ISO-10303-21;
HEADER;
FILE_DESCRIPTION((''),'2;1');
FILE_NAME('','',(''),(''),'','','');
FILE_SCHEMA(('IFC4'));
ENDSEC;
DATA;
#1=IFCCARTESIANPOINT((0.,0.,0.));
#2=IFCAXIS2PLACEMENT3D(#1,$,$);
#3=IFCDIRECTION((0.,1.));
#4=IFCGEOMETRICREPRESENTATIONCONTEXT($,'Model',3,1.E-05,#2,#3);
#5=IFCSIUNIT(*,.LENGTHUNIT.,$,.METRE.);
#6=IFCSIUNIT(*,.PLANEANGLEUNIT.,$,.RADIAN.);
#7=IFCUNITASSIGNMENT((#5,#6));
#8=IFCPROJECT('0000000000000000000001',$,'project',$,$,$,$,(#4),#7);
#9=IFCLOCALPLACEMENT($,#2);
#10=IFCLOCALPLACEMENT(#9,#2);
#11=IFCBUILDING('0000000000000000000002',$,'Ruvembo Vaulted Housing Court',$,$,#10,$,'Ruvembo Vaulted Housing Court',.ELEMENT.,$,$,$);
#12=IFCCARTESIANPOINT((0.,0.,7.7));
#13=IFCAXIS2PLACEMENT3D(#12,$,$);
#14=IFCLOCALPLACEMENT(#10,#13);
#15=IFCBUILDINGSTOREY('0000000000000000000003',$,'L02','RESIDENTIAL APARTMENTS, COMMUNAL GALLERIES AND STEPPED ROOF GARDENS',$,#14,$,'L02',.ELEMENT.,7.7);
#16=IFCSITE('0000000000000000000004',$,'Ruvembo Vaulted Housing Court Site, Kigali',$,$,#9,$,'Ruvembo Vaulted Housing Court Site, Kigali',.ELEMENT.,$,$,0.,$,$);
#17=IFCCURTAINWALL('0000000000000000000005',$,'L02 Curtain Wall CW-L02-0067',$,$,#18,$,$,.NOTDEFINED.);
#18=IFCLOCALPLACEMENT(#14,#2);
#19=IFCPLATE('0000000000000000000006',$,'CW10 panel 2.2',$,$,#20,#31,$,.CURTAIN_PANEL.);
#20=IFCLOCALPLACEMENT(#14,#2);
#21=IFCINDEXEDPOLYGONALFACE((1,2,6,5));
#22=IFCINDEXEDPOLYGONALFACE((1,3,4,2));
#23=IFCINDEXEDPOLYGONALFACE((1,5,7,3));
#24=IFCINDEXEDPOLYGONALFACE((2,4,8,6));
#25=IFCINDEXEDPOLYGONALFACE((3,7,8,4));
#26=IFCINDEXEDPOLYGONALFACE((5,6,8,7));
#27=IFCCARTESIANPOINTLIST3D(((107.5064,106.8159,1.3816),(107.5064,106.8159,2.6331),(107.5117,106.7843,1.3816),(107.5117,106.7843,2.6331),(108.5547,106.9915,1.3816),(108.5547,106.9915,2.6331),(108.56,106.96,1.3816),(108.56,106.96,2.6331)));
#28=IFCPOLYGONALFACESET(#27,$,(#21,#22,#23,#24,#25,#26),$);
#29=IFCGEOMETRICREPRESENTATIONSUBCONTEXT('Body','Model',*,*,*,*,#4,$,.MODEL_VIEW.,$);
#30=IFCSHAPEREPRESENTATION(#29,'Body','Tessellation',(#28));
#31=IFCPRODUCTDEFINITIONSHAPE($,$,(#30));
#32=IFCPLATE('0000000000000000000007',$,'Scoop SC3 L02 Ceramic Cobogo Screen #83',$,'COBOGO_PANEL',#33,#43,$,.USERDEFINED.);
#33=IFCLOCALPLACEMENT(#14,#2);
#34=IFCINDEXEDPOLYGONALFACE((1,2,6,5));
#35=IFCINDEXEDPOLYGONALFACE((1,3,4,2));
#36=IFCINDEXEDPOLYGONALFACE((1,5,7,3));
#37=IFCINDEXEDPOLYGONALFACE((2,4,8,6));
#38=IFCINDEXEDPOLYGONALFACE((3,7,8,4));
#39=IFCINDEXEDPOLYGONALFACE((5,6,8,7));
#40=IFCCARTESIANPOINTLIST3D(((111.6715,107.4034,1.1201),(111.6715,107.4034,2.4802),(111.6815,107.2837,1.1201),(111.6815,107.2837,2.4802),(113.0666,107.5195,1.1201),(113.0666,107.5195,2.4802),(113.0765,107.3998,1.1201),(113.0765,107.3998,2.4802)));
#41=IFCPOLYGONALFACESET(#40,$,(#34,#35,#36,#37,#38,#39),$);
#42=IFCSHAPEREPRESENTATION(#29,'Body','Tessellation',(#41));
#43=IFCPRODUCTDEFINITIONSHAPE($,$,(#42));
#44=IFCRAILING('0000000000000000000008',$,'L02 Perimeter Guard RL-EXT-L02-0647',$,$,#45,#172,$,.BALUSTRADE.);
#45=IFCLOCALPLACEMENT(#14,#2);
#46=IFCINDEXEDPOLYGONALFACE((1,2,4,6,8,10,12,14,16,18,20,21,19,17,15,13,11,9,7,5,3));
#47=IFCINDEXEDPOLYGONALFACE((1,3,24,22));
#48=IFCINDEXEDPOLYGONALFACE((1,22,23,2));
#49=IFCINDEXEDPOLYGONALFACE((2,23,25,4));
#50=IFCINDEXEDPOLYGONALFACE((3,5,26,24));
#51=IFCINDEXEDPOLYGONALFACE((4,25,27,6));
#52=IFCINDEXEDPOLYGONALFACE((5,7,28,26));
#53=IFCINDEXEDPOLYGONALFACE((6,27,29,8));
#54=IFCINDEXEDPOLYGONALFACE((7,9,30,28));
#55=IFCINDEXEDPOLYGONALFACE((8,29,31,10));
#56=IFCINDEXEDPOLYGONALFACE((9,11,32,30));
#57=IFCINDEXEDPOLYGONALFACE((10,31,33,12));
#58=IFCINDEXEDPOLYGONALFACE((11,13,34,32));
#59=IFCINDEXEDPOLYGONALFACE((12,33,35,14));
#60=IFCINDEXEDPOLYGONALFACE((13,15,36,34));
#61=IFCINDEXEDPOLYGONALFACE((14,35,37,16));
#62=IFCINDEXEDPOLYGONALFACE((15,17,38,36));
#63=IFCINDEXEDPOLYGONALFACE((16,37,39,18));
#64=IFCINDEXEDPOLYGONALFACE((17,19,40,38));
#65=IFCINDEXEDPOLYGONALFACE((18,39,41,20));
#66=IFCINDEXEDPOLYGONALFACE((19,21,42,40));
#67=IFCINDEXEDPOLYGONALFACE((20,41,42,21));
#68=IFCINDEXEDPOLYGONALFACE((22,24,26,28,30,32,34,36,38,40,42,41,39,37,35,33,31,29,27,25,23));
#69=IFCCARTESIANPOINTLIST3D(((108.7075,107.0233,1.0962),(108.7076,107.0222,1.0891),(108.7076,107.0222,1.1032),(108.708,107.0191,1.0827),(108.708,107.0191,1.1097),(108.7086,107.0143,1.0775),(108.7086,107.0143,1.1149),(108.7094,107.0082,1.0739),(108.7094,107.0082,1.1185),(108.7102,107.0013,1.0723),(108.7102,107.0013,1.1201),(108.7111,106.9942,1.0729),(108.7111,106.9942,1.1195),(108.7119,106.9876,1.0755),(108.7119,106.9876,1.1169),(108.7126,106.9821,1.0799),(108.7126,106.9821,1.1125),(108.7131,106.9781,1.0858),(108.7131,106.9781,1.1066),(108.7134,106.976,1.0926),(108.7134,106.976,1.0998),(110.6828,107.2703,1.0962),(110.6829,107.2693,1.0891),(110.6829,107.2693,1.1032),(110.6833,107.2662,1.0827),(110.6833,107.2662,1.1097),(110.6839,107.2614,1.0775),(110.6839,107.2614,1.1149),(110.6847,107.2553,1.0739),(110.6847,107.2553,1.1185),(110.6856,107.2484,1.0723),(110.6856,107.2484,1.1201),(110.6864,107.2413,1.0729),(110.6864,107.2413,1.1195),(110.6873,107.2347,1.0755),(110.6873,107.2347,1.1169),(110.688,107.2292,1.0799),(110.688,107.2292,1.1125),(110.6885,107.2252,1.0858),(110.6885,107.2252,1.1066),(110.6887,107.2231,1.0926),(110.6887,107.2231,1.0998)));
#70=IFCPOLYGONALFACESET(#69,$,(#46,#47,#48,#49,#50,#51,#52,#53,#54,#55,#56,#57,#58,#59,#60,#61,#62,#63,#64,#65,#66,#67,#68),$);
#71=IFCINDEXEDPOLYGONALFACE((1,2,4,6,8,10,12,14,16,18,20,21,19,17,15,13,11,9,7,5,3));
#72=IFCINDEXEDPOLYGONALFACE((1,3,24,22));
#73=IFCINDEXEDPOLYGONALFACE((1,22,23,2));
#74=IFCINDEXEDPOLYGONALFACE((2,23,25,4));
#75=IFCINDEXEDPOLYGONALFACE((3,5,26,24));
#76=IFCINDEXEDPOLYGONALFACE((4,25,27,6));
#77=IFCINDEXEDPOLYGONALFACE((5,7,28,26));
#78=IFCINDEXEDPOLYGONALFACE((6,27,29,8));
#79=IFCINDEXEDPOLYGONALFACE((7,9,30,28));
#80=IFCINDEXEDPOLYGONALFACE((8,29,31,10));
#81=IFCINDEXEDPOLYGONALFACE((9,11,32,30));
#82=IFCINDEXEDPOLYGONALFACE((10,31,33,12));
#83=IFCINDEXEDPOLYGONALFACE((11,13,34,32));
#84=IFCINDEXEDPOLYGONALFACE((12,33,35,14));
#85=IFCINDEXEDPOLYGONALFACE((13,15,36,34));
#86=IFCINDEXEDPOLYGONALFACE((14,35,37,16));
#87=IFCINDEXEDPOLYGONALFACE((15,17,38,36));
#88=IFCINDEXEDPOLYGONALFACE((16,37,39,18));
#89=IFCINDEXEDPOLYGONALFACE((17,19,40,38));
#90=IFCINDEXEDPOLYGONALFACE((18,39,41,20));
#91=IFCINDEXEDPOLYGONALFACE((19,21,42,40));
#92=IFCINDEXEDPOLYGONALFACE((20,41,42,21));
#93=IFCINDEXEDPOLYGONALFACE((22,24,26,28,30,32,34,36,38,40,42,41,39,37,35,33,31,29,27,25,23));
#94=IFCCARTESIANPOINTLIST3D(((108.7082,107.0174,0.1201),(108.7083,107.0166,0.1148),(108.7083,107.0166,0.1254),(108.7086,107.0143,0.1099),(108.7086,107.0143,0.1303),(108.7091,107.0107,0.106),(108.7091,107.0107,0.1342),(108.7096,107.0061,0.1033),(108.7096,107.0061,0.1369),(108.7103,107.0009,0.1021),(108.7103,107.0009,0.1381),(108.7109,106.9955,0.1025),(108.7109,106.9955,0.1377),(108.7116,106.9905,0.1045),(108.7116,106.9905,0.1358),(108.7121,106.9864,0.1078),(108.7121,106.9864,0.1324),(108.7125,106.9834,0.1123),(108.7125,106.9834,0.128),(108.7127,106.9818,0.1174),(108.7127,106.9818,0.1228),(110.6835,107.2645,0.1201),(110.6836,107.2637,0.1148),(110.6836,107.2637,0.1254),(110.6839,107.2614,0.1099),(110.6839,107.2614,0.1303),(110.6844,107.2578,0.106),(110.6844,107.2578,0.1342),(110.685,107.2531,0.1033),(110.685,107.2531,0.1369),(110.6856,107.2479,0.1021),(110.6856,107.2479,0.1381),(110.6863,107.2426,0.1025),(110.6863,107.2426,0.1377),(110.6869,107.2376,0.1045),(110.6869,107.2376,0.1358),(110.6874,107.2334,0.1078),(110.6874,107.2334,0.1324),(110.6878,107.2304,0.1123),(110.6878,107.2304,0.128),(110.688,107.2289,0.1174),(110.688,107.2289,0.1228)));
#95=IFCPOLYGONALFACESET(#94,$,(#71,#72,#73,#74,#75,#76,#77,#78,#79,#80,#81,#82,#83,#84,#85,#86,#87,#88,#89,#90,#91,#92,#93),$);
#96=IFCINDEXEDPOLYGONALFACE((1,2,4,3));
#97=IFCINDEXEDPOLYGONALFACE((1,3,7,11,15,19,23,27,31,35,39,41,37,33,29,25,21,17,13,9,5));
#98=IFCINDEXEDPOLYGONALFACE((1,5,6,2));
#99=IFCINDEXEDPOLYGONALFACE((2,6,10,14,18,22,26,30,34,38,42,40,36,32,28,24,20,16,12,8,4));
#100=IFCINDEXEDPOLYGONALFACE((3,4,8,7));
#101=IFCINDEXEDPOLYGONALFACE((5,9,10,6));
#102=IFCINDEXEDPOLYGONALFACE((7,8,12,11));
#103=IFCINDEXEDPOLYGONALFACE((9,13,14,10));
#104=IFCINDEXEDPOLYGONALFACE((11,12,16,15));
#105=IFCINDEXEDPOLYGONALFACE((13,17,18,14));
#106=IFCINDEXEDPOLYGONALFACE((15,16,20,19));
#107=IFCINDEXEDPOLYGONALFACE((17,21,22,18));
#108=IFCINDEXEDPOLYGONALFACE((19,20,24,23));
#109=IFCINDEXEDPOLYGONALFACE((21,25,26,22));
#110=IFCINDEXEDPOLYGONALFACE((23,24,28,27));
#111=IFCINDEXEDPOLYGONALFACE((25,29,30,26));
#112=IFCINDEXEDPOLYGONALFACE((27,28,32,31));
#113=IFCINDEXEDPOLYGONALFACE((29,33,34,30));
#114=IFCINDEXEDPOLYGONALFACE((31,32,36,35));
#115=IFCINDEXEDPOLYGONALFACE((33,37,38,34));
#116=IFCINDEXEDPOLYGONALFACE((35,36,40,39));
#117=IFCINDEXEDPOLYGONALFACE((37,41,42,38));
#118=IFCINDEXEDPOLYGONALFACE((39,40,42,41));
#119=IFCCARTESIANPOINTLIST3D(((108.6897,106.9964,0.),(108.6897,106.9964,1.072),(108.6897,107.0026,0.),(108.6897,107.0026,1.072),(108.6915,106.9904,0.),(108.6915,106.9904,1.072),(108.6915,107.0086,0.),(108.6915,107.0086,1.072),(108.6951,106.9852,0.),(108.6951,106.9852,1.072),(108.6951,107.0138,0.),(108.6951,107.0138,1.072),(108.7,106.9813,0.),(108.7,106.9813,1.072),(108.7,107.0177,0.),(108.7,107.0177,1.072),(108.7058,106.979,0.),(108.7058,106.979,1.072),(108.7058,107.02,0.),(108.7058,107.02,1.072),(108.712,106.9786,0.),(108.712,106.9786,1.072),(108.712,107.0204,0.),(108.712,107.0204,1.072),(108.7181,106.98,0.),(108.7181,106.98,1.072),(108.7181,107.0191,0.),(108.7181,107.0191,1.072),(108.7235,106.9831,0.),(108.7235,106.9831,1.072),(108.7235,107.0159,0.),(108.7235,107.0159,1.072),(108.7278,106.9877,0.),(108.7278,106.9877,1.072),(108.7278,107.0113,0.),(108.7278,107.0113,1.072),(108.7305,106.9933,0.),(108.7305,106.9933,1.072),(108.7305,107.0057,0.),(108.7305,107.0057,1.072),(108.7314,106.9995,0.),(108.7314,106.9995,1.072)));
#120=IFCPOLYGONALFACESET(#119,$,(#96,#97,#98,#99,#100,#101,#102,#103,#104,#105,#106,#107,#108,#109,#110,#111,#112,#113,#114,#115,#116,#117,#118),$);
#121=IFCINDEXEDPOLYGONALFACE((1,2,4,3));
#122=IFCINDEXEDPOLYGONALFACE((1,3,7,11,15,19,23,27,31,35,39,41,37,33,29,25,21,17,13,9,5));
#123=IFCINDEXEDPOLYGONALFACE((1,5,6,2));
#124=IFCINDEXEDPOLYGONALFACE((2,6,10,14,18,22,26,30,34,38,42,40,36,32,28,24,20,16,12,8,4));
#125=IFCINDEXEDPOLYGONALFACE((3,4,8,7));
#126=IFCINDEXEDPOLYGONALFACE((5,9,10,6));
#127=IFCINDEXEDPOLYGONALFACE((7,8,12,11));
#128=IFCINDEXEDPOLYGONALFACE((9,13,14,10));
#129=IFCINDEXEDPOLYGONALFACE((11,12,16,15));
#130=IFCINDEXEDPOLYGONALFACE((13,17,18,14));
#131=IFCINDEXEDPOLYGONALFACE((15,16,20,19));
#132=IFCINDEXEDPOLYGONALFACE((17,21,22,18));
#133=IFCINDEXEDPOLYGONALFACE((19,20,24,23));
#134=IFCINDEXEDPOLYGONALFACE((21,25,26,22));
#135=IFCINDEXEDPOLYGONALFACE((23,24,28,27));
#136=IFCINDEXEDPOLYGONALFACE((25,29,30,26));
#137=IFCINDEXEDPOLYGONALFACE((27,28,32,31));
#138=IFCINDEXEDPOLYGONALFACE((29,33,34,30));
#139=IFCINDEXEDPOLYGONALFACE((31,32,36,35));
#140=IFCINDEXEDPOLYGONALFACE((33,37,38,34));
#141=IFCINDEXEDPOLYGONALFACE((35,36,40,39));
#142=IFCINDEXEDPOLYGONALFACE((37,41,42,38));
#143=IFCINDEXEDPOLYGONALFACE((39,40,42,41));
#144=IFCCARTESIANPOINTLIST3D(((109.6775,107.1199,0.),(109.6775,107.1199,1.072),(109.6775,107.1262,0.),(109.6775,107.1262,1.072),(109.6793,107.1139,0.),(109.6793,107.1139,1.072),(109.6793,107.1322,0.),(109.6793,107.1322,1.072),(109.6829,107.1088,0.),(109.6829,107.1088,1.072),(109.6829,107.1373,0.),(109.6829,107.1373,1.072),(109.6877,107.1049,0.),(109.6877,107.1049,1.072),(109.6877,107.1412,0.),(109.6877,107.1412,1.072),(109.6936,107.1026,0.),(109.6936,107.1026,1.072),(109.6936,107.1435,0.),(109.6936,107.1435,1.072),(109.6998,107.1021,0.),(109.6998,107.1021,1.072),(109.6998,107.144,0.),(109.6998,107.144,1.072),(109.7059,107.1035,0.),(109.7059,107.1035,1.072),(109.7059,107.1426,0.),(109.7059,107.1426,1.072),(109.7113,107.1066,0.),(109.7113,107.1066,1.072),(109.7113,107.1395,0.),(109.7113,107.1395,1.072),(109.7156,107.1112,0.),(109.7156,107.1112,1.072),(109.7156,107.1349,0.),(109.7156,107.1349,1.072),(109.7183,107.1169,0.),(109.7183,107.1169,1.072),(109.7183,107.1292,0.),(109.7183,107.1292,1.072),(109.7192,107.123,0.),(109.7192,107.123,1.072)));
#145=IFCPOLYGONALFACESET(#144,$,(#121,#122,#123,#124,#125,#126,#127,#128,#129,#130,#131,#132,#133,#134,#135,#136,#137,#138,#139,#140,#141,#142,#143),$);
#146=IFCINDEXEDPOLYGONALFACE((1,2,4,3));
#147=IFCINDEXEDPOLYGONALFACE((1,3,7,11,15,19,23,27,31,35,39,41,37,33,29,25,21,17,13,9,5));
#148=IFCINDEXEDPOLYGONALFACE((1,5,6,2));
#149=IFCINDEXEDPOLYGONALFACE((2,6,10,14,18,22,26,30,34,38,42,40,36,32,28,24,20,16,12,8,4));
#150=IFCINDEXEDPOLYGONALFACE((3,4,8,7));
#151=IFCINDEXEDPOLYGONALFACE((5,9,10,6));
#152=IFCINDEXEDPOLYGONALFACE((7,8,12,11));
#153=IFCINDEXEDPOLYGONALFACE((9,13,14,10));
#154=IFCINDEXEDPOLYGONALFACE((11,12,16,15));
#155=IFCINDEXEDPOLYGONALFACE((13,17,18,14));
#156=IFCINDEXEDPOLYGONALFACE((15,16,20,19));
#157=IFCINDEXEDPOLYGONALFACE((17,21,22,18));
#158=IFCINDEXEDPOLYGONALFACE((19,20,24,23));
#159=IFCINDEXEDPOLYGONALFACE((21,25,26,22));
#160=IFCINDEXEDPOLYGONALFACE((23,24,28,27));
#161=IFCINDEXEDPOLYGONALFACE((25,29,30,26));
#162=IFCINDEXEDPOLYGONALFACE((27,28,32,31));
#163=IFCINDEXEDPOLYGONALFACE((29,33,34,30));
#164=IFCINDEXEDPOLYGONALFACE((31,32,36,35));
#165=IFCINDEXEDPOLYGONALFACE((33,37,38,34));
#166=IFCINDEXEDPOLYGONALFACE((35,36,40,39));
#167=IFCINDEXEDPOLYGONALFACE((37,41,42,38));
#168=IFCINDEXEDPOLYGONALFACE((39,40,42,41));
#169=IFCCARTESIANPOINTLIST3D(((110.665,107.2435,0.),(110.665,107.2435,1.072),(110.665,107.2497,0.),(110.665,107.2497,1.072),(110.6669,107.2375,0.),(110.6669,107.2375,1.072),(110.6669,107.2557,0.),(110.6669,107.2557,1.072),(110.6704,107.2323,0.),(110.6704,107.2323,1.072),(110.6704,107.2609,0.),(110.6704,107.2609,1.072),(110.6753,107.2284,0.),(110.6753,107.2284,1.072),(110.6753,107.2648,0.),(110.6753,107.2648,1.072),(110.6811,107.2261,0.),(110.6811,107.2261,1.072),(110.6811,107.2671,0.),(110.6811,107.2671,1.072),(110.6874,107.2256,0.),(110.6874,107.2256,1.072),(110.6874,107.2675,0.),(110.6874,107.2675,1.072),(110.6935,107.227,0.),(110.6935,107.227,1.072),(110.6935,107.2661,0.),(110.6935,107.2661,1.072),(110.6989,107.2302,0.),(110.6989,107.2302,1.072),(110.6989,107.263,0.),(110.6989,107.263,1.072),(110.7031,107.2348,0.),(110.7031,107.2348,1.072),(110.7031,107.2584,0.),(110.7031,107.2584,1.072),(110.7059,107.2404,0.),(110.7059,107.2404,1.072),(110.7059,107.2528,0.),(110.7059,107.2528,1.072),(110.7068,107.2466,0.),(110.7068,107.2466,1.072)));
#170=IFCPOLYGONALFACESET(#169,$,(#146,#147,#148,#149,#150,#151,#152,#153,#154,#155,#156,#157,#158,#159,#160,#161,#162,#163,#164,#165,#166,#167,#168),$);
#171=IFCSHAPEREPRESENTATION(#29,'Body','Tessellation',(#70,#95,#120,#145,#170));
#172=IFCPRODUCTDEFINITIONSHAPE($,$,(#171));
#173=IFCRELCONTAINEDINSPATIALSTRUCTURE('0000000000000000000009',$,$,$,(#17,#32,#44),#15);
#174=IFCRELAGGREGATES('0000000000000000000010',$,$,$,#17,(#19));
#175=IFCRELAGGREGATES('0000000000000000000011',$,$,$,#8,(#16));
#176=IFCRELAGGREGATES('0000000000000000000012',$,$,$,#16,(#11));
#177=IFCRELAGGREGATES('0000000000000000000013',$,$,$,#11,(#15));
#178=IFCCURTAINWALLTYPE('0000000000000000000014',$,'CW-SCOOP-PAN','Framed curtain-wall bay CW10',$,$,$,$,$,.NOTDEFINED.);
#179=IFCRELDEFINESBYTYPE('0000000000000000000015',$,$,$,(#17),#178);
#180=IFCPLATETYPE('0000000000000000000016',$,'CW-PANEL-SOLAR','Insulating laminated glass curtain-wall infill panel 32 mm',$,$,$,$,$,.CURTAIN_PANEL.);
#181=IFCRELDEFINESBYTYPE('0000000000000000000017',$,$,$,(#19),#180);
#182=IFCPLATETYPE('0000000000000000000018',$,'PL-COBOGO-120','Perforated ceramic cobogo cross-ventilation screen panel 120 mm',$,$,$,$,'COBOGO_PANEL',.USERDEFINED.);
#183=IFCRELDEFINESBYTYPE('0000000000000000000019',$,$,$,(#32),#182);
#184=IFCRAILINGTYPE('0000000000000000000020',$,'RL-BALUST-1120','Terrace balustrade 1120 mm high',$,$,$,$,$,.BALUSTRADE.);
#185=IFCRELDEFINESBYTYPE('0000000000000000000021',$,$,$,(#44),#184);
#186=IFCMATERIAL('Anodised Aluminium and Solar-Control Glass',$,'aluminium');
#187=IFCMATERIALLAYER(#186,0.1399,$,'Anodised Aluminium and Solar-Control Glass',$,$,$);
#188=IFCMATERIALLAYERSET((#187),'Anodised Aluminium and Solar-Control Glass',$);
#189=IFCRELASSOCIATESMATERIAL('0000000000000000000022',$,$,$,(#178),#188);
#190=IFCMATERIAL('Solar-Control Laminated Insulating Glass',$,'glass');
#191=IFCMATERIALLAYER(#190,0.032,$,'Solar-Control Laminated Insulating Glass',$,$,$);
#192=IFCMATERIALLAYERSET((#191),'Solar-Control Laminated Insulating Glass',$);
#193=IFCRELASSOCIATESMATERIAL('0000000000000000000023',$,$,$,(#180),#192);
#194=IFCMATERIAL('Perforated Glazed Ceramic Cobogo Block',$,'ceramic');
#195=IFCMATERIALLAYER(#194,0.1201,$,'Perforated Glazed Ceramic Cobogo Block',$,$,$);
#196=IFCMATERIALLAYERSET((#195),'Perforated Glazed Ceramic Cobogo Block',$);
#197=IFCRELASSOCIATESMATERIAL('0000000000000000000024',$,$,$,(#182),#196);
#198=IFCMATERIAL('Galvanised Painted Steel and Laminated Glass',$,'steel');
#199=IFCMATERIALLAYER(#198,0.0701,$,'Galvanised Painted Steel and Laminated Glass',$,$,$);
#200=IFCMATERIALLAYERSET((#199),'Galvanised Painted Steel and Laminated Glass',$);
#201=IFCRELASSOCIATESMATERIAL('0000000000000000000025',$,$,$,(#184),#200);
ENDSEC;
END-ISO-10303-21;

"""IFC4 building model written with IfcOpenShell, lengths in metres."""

from ifc_helpers import new_model, si_unit, direction, frame, origin, origin_2d, place, context, subcontext, project, spatial, rectangle, circle, extrude, material, layer, layer_set, type_object, element, aggregate, save


model = new_model("IFC4")

# Units and contexts
model_context = context("Model", 3, precision=1e-05, world=origin(), true_north=direction((0.0, 1.0)))
body_context = subcontext(model_context, "Body", "Model", "MODEL_VIEW")
ifc_project = project(units=[si_unit("LENGTHUNIT", "METRE"), si_unit("PLANEANGLEUNIT", "RADIAN")], contexts=[model_context])

# Site, building, storey
site_placement = place(None, origin())
site = spatial("IfcSite", under=ifc_project, at=site_placement, Name="Ruvembo Vaulted Housing Court Site, Kigali", LongName="Ruvembo Vaulted Housing Court Site, Kigali", CompositionType="ELEMENT", RefElevation=0.0)
building_placement = place(site_placement, origin())
building = spatial("IfcBuilding", under=site, at=building_placement, Name="Ruvembo Vaulted Housing Court", LongName="Ruvembo Vaulted Housing Court", CompositionType="ELEMENT")
storey_placement = place(building_placement, frame((0.0, 0.0, 7.7)))
storey = spatial("IfcBuildingStorey", under=building, at=storey_placement, Name="L02", Description="RESIDENTIAL APARTMENTS, COMMUNAL GALLERIES AND STEPPED ROOF GARDENS", LongName="L02", CompositionType="ELEMENT", Elevation=7.7)

# Curtain wall, plate
ifc_material_1 = material(Name="Anodised Aluminium and Solar-Control Glass", Category="aluminium")
ifc_layer_1 = layer(ifc_material_1, 0.1399, Name="Anodised Aluminium and Solar-Control Glass")
ifc_layer_set_1 = layer_set([ifc_layer_1], Name="Anodised Aluminium and Solar-Control Glass")
curtain_wall_type = type_object("IfcCurtainWallType", Name="CW-SCOOP-PAN", Description="Framed curtain-wall bay CW10", PredefinedType="NOTDEFINED", material=ifc_layer_set_1)
curtain_wall_placement = place(storey_placement, origin())
curtain_wall = element("IfcCurtainWall", 1, at=curtain_wall_placement, inside=storey, type_object=curtain_wall_type, Name="L02 Curtain Wall CW-L02-0067", PredefinedType="NOTDEFINED")
ifc_material_2 = material(Name="Solar-Control Laminated Insulating Glass", Category="glass")
ifc_layer_2 = layer(ifc_material_2, 0.032, Name="Solar-Control Laminated Insulating Glass")
ifc_layer_set_2 = layer_set([ifc_layer_2], Name="Solar-Control Laminated Insulating Glass")
plate_type_1 = type_object("IfcPlateType", Name="CW-PANEL-SOLAR", Description="Insulating laminated glass curtain-wall infill panel 32 mm", PredefinedType="CURTAIN_PANEL", material=ifc_layer_set_2)
plate_1_placement = place(storey_placement, frame((108.0332, 106.8879, 1.3816), z_axis=(0.0, 0.0, 1.0), x_axis=(0.98625, 0.165263, 0.0)))
plate_1 = element("IfcPlate", 2, at=plate_1_placement, type_object=plate_type_1, Name="CW10 panel 2.2", PredefinedType="CURTAIN_PANEL", context=body_context, shape_type="SweptSolid", body=[
    extrude(rectangle(XDim=1.063, YDim=0.032, at=origin_2d()), origin(), (0.0, 0.0, 1.0), 1.2515),
])
aggregate(curtain_wall, [plate_1])

# Plate
ifc_material_3 = material(Name="Perforated Glazed Ceramic Cobogo Block", Category="ceramic")
ifc_layer_3 = layer(ifc_material_3, 0.1201, Name="Perforated Glazed Ceramic Cobogo Block")
ifc_layer_set_3 = layer_set([ifc_layer_3], Name="Perforated Glazed Ceramic Cobogo Block")
plate_type_2 = type_object("IfcPlateType", Name="PL-COBOGO-120", Description="Perforated ceramic cobogo cross-ventilation screen panel 120 mm", ElementType="COBOGO_PANEL", PredefinedType="USERDEFINED", material=ifc_layer_set_3)
plate_2_placement = place(storey_placement, frame((112.374, 107.4016, 1.1201), z_axis=(0.0, 0.0, 1.0), x_axis=(0.996554, 0.082947, 0.0)))
element("IfcPlate", 3, at=plate_2_placement, inside=storey, type_object=plate_type_2, Name="Scoop SC3 L02 Ceramic Cobogo Screen #83", ObjectType="COBOGO_PANEL", PredefinedType="USERDEFINED", context=body_context, shape_type="SweptSolid", body=[
    extrude(rectangle(XDim=1.3999, YDim=0.1201, at=origin_2d()), origin(), (0.0, 0.0, 1.0), 1.3601),
])

# Railing
ifc_material_4 = material(Name="Galvanised Painted Steel and Laminated Glass", Category="steel")
ifc_layer_4 = layer(ifc_material_4, 0.0701, Name="Galvanised Painted Steel and Laminated Glass")
ifc_layer_set_4 = layer_set([ifc_layer_4], Name="Galvanised Painted Steel and Laminated Glass")
railing_type = type_object("IfcRailingType", Name="RL-BALUST-1120", Description="Terrace balustrade 1120 mm high", PredefinedType="BALUSTRADE", material=ifc_layer_set_4)
railing_1_placement = place(storey_placement, frame((108.7104, 106.9995, 0.0)))
element("IfcRailing", 4, at=railing_1_placement, inside=storey, type_object=railing_type, Name="L02 Perimeter Guard RL-EXT-L02-0647", PredefinedType="BALUSTRADE", context=body_context, shape_type="SweptSolid", body=[
    extrude(circle(Radius=0.0239, at=origin_2d()), frame((0.0, 0.0, 1.0962), z_axis=(0.992268, 0.12411, 0.0), x_axis=(-0.12411, 0.992268, 0.0)), (0.0, 0.0, 1.0), 1.9907),
    extrude(circle(Radius=0.0181, at=origin_2d()), frame((0.0, 0.0, 0.1201), z_axis=(0.992268, 0.12411, 0.0), x_axis=(-0.12411, 0.992268, 0.0)), (0.0, 0.0, 1.0), 1.9907),
    extrude(circle(Radius=0.021, at=origin_2d()), origin(), (0.0, 0.0, 1.0), 1.072),
    extrude(circle(Radius=0.021, at=origin_2d()), frame((0.9878, 0.1235, 0.0)), (0.0, 0.0, 1.0), 1.072),
    extrude(circle(Radius=0.021, at=origin_2d()), frame((1.9753, 0.2471, 0.0)), (0.0, 0.0, 1.0), 1.072),
])

save(model, "model.ifc")
